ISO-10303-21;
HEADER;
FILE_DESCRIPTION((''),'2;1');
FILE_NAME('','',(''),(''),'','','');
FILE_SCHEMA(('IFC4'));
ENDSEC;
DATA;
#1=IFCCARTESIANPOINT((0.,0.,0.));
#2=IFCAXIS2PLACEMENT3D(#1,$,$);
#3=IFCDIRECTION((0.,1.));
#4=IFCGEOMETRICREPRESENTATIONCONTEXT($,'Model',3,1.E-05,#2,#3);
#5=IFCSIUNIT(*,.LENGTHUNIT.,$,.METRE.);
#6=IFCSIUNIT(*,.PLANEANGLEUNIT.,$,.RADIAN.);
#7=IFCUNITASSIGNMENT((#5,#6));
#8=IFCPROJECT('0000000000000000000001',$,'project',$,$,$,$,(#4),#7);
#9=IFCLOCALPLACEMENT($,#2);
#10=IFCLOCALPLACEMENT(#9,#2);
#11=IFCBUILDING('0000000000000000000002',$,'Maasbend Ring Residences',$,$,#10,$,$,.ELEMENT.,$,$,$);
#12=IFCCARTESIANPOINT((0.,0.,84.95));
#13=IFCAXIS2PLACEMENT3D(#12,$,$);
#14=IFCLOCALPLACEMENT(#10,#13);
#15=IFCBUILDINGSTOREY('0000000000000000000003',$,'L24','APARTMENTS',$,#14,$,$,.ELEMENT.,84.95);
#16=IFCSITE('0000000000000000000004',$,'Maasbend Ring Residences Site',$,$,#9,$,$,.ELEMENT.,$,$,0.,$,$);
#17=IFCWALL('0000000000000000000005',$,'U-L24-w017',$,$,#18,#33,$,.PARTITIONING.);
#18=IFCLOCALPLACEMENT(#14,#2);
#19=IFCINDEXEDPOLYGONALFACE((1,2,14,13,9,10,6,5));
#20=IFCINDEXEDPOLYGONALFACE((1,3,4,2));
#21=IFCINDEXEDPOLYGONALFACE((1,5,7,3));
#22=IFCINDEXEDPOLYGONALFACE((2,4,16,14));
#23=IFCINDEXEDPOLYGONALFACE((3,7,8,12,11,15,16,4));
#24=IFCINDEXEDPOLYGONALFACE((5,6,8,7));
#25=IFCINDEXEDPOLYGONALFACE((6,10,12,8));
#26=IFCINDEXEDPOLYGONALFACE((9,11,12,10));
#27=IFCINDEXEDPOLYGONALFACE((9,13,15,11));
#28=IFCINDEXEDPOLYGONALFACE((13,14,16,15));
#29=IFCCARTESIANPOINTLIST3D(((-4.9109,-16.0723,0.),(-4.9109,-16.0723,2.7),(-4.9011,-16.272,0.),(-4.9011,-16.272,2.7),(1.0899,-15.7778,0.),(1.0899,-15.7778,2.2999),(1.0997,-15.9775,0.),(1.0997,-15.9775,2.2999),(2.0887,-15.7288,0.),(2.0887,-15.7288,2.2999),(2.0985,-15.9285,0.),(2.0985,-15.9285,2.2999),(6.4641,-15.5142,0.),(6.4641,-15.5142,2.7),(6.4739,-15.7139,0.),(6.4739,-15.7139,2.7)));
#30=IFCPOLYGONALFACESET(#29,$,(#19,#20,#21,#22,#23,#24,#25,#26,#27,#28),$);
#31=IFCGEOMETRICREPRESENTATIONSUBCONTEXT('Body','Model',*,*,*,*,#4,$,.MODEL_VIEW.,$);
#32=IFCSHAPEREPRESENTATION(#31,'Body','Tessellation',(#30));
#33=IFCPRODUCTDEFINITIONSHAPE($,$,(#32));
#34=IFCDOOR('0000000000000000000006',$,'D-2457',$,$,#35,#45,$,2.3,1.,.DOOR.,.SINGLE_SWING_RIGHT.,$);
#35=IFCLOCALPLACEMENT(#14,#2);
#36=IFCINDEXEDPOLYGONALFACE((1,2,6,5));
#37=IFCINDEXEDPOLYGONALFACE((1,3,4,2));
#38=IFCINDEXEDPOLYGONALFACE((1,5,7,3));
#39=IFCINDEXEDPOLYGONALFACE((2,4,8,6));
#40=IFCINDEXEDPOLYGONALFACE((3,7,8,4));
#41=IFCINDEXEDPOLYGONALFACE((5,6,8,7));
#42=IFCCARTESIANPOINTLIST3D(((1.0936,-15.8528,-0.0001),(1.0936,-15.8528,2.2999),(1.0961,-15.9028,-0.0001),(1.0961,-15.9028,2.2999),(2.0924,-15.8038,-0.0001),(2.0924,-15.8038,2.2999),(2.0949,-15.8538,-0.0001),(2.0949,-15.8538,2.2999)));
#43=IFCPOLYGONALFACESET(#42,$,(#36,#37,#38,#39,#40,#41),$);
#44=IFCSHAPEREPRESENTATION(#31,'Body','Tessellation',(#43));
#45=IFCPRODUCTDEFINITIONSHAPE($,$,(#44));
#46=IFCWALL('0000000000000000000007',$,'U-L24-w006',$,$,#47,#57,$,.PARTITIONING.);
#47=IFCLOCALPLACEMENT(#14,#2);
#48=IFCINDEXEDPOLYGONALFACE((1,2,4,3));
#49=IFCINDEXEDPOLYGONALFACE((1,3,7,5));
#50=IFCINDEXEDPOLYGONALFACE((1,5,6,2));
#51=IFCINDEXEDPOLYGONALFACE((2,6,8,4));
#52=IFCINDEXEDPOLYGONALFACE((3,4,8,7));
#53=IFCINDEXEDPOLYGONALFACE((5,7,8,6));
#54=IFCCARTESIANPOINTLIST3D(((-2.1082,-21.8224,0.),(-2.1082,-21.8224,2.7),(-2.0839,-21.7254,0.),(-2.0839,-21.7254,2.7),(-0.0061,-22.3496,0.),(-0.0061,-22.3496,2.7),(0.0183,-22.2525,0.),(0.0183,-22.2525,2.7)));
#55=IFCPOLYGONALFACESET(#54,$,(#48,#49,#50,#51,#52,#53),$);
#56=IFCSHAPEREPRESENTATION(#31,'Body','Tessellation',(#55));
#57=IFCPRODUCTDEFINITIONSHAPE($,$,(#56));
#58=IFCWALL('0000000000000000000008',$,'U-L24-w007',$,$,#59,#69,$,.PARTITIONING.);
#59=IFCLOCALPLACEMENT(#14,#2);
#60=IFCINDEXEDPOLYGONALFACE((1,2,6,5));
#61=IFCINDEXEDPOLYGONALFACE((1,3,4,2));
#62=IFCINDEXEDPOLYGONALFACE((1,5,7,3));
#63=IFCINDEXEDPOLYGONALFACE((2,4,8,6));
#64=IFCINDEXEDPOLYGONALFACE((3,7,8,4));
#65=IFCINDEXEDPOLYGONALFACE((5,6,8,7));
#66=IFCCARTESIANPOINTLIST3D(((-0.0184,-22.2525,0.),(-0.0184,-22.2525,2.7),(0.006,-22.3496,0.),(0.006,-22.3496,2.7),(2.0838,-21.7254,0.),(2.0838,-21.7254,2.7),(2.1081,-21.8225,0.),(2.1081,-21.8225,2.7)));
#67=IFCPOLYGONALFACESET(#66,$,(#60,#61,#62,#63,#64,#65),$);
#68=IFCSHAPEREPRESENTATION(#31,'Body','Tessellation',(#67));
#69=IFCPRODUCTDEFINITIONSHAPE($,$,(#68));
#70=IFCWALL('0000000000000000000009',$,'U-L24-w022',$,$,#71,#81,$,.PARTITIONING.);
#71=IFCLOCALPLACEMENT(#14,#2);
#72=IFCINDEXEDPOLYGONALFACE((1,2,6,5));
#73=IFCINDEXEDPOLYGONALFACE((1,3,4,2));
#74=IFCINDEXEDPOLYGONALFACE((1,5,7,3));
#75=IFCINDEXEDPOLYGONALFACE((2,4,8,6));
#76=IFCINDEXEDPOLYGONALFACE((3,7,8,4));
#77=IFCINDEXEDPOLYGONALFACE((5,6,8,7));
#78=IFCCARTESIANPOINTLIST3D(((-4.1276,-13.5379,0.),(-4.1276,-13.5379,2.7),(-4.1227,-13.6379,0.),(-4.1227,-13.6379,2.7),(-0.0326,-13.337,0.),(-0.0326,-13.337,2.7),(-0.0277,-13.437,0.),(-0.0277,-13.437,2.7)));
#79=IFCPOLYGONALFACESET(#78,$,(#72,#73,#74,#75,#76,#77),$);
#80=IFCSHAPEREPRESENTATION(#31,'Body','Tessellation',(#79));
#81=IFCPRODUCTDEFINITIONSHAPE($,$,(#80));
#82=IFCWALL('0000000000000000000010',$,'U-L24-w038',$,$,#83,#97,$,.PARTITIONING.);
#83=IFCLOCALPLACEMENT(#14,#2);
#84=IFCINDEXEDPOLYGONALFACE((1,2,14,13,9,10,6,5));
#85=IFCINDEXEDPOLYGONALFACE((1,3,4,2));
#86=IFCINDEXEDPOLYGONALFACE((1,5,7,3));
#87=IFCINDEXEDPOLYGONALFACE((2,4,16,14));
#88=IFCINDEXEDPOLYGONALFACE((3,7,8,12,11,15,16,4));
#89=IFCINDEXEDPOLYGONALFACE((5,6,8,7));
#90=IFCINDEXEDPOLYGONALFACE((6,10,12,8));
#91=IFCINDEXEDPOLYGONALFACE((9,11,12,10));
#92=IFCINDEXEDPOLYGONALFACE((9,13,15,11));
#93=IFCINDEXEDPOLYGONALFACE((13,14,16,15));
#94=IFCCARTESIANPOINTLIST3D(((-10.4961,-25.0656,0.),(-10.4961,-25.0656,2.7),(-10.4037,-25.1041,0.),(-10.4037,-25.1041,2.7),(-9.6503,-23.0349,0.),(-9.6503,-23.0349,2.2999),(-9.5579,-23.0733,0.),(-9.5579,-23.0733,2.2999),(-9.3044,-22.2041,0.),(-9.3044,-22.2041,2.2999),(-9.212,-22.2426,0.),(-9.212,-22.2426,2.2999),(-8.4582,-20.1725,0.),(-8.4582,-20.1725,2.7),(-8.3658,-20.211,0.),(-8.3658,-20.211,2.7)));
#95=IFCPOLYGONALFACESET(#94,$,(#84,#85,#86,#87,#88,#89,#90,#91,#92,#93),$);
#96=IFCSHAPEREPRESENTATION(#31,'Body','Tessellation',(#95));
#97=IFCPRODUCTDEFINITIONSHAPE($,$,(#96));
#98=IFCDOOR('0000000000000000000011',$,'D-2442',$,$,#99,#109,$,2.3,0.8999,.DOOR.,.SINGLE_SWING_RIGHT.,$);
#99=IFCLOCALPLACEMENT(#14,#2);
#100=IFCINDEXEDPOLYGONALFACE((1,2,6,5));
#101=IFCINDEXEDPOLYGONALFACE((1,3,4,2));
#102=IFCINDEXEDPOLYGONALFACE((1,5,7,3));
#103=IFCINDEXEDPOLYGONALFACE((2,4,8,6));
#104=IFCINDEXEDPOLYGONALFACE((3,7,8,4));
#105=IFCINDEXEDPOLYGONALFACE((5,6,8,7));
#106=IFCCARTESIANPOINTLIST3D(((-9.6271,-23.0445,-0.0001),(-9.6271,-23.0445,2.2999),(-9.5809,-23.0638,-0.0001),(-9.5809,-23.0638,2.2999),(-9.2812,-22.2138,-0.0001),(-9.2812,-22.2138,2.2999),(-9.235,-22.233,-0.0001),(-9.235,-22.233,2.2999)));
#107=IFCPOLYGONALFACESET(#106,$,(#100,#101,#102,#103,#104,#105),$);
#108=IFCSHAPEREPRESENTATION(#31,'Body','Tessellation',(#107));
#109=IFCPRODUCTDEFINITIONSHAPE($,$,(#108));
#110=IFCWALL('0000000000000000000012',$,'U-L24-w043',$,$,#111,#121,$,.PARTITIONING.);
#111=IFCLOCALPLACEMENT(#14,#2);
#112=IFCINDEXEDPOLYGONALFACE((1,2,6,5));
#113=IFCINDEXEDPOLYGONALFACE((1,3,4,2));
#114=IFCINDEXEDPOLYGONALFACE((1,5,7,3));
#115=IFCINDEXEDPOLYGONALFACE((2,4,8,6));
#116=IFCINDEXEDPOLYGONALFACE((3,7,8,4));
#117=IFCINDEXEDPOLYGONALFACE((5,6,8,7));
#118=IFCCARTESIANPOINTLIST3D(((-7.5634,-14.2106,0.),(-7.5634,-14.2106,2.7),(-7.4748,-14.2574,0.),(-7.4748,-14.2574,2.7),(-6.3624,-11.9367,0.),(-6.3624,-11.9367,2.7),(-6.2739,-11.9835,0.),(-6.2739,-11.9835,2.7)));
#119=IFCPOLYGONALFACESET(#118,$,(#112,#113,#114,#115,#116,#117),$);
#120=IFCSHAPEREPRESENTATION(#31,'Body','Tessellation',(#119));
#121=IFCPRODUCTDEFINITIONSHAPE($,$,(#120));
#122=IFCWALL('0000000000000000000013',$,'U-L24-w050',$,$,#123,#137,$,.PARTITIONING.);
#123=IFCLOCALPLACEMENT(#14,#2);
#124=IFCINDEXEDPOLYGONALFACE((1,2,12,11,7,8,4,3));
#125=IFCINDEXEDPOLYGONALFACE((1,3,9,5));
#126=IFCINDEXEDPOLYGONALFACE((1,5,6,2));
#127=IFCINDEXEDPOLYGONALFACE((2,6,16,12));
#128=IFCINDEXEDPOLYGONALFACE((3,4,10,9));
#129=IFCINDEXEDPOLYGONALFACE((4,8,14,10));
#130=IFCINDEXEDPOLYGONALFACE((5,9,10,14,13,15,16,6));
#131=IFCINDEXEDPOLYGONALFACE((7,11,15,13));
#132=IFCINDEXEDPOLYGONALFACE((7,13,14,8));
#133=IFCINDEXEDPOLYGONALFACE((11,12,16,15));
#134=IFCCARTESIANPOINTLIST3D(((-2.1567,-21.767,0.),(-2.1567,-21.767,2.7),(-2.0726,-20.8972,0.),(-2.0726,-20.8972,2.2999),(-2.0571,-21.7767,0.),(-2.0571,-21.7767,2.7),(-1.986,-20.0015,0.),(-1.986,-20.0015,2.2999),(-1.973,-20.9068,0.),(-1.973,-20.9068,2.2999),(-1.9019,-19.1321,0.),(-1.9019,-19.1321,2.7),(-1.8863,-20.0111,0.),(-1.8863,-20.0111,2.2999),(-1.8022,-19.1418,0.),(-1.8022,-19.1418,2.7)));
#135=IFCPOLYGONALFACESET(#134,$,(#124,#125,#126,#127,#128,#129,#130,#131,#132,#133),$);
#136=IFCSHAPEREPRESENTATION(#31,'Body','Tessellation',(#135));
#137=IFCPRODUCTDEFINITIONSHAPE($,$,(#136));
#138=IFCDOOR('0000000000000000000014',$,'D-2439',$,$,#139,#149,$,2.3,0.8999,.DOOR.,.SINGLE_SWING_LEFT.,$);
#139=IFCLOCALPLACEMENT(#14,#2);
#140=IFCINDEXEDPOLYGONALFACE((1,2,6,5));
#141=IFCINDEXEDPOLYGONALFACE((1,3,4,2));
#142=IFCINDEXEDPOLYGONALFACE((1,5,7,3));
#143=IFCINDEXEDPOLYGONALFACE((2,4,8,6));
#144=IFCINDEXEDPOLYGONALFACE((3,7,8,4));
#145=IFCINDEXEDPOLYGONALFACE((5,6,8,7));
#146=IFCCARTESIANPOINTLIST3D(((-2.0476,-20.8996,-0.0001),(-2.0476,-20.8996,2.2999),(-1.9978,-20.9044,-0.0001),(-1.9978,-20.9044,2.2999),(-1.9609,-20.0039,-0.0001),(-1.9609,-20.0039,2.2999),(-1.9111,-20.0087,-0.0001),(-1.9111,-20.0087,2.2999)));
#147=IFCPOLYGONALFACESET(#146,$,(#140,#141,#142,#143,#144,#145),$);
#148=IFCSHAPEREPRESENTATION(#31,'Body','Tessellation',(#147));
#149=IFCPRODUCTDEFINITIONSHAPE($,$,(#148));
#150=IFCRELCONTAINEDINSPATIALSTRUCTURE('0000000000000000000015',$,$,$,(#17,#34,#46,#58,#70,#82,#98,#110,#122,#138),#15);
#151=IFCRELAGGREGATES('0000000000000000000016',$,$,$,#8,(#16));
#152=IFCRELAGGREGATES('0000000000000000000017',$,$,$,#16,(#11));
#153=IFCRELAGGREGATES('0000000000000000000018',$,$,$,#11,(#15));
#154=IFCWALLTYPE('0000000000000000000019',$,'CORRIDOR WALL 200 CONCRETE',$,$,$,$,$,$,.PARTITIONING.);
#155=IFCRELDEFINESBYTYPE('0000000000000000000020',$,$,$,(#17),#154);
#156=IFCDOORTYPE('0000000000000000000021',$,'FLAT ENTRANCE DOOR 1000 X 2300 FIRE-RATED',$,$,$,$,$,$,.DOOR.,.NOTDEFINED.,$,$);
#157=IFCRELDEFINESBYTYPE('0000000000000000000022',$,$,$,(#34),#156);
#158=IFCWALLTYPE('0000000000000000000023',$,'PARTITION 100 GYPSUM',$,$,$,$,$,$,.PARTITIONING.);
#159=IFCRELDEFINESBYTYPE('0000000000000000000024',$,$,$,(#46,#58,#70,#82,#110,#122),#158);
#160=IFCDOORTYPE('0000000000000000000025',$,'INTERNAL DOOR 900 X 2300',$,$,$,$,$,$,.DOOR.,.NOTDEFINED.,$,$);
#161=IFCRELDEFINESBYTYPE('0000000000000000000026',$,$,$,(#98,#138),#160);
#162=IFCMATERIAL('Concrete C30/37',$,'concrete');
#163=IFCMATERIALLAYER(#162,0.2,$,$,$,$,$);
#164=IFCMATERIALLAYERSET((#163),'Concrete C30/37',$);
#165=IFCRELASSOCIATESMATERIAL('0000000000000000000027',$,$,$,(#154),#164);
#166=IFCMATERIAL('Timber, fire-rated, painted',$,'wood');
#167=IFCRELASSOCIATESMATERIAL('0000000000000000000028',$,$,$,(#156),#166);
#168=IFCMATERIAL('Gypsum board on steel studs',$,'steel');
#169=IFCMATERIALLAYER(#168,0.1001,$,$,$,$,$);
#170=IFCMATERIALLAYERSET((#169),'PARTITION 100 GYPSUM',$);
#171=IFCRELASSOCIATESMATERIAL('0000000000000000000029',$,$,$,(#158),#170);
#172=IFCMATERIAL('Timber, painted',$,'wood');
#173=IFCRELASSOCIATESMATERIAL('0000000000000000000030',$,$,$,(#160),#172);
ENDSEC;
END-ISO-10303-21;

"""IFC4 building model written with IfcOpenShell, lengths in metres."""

from ifc_helpers import new_model, si_unit, direction, frame, frame_2d, origin, place, context, subcontext, project, spatial, rectangle, extrude, material, layer, layer_set, type_object, element, fill, save


model = new_model("IFC4")

# Units and contexts
model_context = context("Model", 3, precision=1e-05, world=origin(), true_north=direction((0.0, 1.0)))
body_context = subcontext(model_context, "Body", "Model", "MODEL_VIEW")
ifc_project = project(units=[si_unit("LENGTHUNIT", "METRE"), si_unit("PLANEANGLEUNIT", "RADIAN")], contexts=[model_context])

# Site, building, storey
site_placement = place(None, origin())
site = spatial("IfcSite", under=ifc_project, at=site_placement, Name="Maasbend Ring Residences Site", CompositionType="ELEMENT", RefElevation=0.0)
building_placement = place(site_placement, origin())
building = spatial("IfcBuilding", under=site, at=building_placement, Name="Maasbend Ring Residences", CompositionType="ELEMENT")
storey_placement = place(building_placement, frame((0.0, 0.0, 84.95)))
storey = spatial("IfcBuildingStorey", under=building, at=storey_placement, Name="L24", Description="APARTMENTS", CompositionType="ELEMENT", Elevation=84.95)

# Wall, opening, door
ifc_material_1 = material(Name="Concrete C30/37", Category="concrete")
ifc_layer_1 = layer(ifc_material_1, 0.2)
ifc_layer_set_1 = layer_set([ifc_layer_1], Name="Concrete C30/37")
wall_type_1 = type_object("IfcWallType", Name="CORRIDOR WALL 200 CONCRETE", PredefinedType="PARTITIONING", material=ifc_layer_set_1)
ifc_material_2 = material(Name="Timber, fire-rated, painted", Category="wood")
door_type_1 = type_object("IfcDoorType", Name="FLAT ENTRANCE DOOR 1000 X 2300 FIRE-RATED", OperationType="NOTDEFINED", PredefinedType="DOOR", material=ifc_material_2)
wall_1_placement = place(storey_placement, frame((-4.906, -16.1721, 0.0), z_axis=(0.0, 0.0, 1.0), x_axis=(0.998799, 0.049005, 0.0)))
wall_1 = element("IfcWall", 1, at=wall_1_placement, inside=storey, type_object=wall_type_1, Name="U-L24-w017", PredefinedType="PARTITIONING", context=body_context, shape_type="SweptSolid", body=[
    extrude(rectangle(XDim=11.3887, YDim=0.2, at=frame_2d((5.6943, 0.0))), origin(), (0.0, 0.0, 1.0), 2.7),
])
opening_1_placement = place(wall_1_placement, frame((6.0081, 0.0, 0.0)))
opening_1 = element("IfcOpeningElement", 2, at=opening_1_placement, cuts=wall_1, PredefinedType="OPENING", context=body_context, shape_type="SweptSolid", body=[
    extrude(rectangle(XDim=1.0, YDim=2.3, at=frame_2d((0.5, 1.1499))), frame((0.0, 0.1099, 0.0), z_axis=(0.0, -1.0, 0.0), x_axis=(1.0, 0.0, 0.0)), (0.0, 0.0, 1.0), 0.22),
])
door_1_placement = place(opening_1_placement, origin())
door_1 = element("IfcDoor", 3, at=door_1_placement, inside=storey, type_object=door_type_1, Name="D-2457", OperationType="SINGLE_SWING_RIGHT", OverallHeight=2.3, OverallWidth=1.0, PredefinedType="DOOR", context=body_context, shape_type="SweptSolid", body=[
    extrude(rectangle(XDim=1.0, YDim=2.3, at=frame_2d((0.5, 1.1499))), frame((0.0, 0.0249, 0.0), z_axis=(0.0, -1.0, 0.0), x_axis=(1.0, 0.0, 0.0)), (0.0, 0.0, 1.0), 0.05),
])
fill(opening_1, door_1)

# Walls
ifc_material_3 = material(Name="Gypsum board on steel studs", Category="steel")
ifc_layer_2 = layer(ifc_material_3, 0.1001)
ifc_layer_set_2 = layer_set([ifc_layer_2], Name="PARTITION 100 GYPSUM")
wall_type_2 = type_object("IfcWallType", Name="PARTITION 100 GYPSUM", PredefinedType="PARTITIONING", material=ifc_layer_set_2)
for number, where, z_axis, x_axis, name in (
    (4, (-2.0959, -21.7739, 0.0), (0.0, 0.0, 1.0), (0.96997, -0.243225, 0.0), "U-L24-w006"),
    (5, (-0.0061, -22.301, 0.0), (0.0, 0.0, 1.0), (0.96997, 0.243225, 0.0), "U-L24-w007"),
):
    element("IfcWall", number, at=place(storey_placement, frame(where, z_axis=z_axis, x_axis=x_axis)), inside=storey, type_object=wall_type_2, Name=name, PredefinedType="PARTITIONING", context=body_context, shape_type="SweptSolid", body=[
        extrude(rectangle(XDim=2.1672, YDim=0.1001, at=frame_2d((1.0835, 0.0))), origin(), (0.0, 0.0, 1.0), 2.7),
    ])
wall_2_placement = place(storey_placement, frame((-4.125, -13.5879, 0.0), z_axis=(0.0, 0.0, 1.0), x_axis=(0.998798, 0.049008, 0.0)))
element("IfcWall", 6, at=wall_2_placement, inside=storey, type_object=wall_type_2, Name="U-L24-w022", PredefinedType="PARTITIONING", context=body_context, shape_type="SweptSolid", body=[
    extrude(rectangle(XDim=4.0999, YDim=0.1001, at=frame_2d((2.0498, 0.0))), origin(), (0.0, 0.0, 1.0), 2.7),
])

# Wall, opening, door
wall_3_placement = place(storey_placement, frame((-10.45, -25.085, 0.0), z_axis=(0.0, 0.0, 1.0), x_axis=(0.384465, 0.92314, 0.0)))
wall_3 = element("IfcWall", 7, at=wall_3_placement, inside=storey, type_object=wall_type_2, Name="U-L24-w038", PredefinedType="PARTITIONING", context=body_context, shape_type="SweptSolid", body=[
    extrude(rectangle(XDim=5.3005, YDim=0.1001, at=frame_2d((2.6504, 0.0))), origin(), (0.0, 0.0, 1.0), 2.7),
])
opening_2_placement = place(wall_3_placement, frame((2.2, 0.0, 0.0)))
opening_2 = element("IfcOpeningElement", 8, at=opening_2_placement, cuts=wall_3, PredefinedType="OPENING", context=body_context, shape_type="SweptSolid", body=[
    extrude(rectangle(XDim=0.8999, YDim=2.3, at=frame_2d((0.45, 1.1499))), frame((0.0, 0.0601, 0.0), z_axis=(0.0, -1.0, 0.0), x_axis=(1.0, 0.0, 0.0)), (0.0, 0.0, 1.0), 0.1201),
])
ifc_material_4 = material(Name="Timber, painted", Category="wood")
door_type_2 = type_object("IfcDoorType", Name="INTERNAL DOOR 900 X 2300", OperationType="NOTDEFINED", PredefinedType="DOOR", material=ifc_material_4)
door_2_placement = place(opening_2_placement, origin())
door_2 = element("IfcDoor", 9, at=door_2_placement, inside=storey, type_object=door_type_2, Name="D-2442", OperationType="SINGLE_SWING_RIGHT", OverallHeight=2.3, OverallWidth=0.8999, PredefinedType="DOOR", context=body_context, shape_type="SweptSolid", body=[
    extrude(rectangle(XDim=0.8999, YDim=2.3, at=frame_2d((0.45, 1.1499))), frame((0.0, 0.0249, 0.0), z_axis=(0.0, -1.0, 0.0), x_axis=(1.0, 0.0, 0.0)), (0.0, 0.0, 1.0), 0.05),
])
fill(opening_2, door_2)

# Wall
wall_4_placement = place(storey_placement, frame((-7.519, -14.2339, 0.0), z_axis=(0.0, 0.0, 1.0), x_axis=(0.467002, 0.884256, 0.0)))
element("IfcWall", 10, at=wall_4_placement, inside=storey, type_object=wall_type_2, Name="U-L24-w043", PredefinedType="PARTITIONING", context=body_context, shape_type="SweptSolid", body=[
    extrude(rectangle(XDim=2.5715, YDim=0.1001, at=frame_2d((1.2856, 0.0))), origin(), (0.0, 0.0, 1.0), 2.7),
])

# Wall, opening, door
wall_5_placement = place(storey_placement, frame((-2.1069, -21.772, 0.0), z_axis=(0.0, 0.0, 1.0), x_axis=(0.09628, 0.995354, 0.0)))
wall_5 = element("IfcWall", 11, at=wall_5_placement, inside=storey, type_object=wall_type_2, Name="U-L24-w050", PredefinedType="PARTITIONING", context=body_context, shape_type="SweptSolid", body=[
    extrude(rectangle(XDim=2.6472, YDim=0.1001, at=frame_2d((1.3237, 0.0))), origin(), (0.0, 0.0, 1.0), 2.7),
])
opening_3_placement = place(wall_5_placement, frame((0.874, 0.0, 0.0)))
opening_3 = element("IfcOpeningElement", 12, at=opening_3_placement, cuts=wall_5, PredefinedType="OPENING", context=body_context, shape_type="SweptSolid", body=[
    extrude(rectangle(XDim=0.8999, YDim=2.3, at=frame_2d((0.45, 1.1499))), frame((0.0, 0.0601, 0.0), z_axis=(0.0, -1.0, 0.0), x_axis=(1.0, 0.0, 0.0)), (0.0, 0.0, 1.0), 0.1201),
])
door_3_placement = place(opening_3_placement, origin())
door_3 = element("IfcDoor", 13, at=door_3_placement, inside=storey, type_object=door_type_2, Name="D-2439", OperationType="SINGLE_SWING_LEFT", OverallHeight=2.3, OverallWidth=0.8999, PredefinedType="DOOR", context=body_context, shape_type="SweptSolid", body=[
    extrude(rectangle(XDim=0.8999, YDim=2.3, at=frame_2d((0.45, 1.1499))), frame((0.0, 0.0249, 0.0), z_axis=(0.0, -1.0, 0.0), x_axis=(1.0, 0.0, 0.0)), (0.0, 0.0, 1.0), 0.05),
])
fill(opening_3, door_3)

save(model, "model.ifc")
